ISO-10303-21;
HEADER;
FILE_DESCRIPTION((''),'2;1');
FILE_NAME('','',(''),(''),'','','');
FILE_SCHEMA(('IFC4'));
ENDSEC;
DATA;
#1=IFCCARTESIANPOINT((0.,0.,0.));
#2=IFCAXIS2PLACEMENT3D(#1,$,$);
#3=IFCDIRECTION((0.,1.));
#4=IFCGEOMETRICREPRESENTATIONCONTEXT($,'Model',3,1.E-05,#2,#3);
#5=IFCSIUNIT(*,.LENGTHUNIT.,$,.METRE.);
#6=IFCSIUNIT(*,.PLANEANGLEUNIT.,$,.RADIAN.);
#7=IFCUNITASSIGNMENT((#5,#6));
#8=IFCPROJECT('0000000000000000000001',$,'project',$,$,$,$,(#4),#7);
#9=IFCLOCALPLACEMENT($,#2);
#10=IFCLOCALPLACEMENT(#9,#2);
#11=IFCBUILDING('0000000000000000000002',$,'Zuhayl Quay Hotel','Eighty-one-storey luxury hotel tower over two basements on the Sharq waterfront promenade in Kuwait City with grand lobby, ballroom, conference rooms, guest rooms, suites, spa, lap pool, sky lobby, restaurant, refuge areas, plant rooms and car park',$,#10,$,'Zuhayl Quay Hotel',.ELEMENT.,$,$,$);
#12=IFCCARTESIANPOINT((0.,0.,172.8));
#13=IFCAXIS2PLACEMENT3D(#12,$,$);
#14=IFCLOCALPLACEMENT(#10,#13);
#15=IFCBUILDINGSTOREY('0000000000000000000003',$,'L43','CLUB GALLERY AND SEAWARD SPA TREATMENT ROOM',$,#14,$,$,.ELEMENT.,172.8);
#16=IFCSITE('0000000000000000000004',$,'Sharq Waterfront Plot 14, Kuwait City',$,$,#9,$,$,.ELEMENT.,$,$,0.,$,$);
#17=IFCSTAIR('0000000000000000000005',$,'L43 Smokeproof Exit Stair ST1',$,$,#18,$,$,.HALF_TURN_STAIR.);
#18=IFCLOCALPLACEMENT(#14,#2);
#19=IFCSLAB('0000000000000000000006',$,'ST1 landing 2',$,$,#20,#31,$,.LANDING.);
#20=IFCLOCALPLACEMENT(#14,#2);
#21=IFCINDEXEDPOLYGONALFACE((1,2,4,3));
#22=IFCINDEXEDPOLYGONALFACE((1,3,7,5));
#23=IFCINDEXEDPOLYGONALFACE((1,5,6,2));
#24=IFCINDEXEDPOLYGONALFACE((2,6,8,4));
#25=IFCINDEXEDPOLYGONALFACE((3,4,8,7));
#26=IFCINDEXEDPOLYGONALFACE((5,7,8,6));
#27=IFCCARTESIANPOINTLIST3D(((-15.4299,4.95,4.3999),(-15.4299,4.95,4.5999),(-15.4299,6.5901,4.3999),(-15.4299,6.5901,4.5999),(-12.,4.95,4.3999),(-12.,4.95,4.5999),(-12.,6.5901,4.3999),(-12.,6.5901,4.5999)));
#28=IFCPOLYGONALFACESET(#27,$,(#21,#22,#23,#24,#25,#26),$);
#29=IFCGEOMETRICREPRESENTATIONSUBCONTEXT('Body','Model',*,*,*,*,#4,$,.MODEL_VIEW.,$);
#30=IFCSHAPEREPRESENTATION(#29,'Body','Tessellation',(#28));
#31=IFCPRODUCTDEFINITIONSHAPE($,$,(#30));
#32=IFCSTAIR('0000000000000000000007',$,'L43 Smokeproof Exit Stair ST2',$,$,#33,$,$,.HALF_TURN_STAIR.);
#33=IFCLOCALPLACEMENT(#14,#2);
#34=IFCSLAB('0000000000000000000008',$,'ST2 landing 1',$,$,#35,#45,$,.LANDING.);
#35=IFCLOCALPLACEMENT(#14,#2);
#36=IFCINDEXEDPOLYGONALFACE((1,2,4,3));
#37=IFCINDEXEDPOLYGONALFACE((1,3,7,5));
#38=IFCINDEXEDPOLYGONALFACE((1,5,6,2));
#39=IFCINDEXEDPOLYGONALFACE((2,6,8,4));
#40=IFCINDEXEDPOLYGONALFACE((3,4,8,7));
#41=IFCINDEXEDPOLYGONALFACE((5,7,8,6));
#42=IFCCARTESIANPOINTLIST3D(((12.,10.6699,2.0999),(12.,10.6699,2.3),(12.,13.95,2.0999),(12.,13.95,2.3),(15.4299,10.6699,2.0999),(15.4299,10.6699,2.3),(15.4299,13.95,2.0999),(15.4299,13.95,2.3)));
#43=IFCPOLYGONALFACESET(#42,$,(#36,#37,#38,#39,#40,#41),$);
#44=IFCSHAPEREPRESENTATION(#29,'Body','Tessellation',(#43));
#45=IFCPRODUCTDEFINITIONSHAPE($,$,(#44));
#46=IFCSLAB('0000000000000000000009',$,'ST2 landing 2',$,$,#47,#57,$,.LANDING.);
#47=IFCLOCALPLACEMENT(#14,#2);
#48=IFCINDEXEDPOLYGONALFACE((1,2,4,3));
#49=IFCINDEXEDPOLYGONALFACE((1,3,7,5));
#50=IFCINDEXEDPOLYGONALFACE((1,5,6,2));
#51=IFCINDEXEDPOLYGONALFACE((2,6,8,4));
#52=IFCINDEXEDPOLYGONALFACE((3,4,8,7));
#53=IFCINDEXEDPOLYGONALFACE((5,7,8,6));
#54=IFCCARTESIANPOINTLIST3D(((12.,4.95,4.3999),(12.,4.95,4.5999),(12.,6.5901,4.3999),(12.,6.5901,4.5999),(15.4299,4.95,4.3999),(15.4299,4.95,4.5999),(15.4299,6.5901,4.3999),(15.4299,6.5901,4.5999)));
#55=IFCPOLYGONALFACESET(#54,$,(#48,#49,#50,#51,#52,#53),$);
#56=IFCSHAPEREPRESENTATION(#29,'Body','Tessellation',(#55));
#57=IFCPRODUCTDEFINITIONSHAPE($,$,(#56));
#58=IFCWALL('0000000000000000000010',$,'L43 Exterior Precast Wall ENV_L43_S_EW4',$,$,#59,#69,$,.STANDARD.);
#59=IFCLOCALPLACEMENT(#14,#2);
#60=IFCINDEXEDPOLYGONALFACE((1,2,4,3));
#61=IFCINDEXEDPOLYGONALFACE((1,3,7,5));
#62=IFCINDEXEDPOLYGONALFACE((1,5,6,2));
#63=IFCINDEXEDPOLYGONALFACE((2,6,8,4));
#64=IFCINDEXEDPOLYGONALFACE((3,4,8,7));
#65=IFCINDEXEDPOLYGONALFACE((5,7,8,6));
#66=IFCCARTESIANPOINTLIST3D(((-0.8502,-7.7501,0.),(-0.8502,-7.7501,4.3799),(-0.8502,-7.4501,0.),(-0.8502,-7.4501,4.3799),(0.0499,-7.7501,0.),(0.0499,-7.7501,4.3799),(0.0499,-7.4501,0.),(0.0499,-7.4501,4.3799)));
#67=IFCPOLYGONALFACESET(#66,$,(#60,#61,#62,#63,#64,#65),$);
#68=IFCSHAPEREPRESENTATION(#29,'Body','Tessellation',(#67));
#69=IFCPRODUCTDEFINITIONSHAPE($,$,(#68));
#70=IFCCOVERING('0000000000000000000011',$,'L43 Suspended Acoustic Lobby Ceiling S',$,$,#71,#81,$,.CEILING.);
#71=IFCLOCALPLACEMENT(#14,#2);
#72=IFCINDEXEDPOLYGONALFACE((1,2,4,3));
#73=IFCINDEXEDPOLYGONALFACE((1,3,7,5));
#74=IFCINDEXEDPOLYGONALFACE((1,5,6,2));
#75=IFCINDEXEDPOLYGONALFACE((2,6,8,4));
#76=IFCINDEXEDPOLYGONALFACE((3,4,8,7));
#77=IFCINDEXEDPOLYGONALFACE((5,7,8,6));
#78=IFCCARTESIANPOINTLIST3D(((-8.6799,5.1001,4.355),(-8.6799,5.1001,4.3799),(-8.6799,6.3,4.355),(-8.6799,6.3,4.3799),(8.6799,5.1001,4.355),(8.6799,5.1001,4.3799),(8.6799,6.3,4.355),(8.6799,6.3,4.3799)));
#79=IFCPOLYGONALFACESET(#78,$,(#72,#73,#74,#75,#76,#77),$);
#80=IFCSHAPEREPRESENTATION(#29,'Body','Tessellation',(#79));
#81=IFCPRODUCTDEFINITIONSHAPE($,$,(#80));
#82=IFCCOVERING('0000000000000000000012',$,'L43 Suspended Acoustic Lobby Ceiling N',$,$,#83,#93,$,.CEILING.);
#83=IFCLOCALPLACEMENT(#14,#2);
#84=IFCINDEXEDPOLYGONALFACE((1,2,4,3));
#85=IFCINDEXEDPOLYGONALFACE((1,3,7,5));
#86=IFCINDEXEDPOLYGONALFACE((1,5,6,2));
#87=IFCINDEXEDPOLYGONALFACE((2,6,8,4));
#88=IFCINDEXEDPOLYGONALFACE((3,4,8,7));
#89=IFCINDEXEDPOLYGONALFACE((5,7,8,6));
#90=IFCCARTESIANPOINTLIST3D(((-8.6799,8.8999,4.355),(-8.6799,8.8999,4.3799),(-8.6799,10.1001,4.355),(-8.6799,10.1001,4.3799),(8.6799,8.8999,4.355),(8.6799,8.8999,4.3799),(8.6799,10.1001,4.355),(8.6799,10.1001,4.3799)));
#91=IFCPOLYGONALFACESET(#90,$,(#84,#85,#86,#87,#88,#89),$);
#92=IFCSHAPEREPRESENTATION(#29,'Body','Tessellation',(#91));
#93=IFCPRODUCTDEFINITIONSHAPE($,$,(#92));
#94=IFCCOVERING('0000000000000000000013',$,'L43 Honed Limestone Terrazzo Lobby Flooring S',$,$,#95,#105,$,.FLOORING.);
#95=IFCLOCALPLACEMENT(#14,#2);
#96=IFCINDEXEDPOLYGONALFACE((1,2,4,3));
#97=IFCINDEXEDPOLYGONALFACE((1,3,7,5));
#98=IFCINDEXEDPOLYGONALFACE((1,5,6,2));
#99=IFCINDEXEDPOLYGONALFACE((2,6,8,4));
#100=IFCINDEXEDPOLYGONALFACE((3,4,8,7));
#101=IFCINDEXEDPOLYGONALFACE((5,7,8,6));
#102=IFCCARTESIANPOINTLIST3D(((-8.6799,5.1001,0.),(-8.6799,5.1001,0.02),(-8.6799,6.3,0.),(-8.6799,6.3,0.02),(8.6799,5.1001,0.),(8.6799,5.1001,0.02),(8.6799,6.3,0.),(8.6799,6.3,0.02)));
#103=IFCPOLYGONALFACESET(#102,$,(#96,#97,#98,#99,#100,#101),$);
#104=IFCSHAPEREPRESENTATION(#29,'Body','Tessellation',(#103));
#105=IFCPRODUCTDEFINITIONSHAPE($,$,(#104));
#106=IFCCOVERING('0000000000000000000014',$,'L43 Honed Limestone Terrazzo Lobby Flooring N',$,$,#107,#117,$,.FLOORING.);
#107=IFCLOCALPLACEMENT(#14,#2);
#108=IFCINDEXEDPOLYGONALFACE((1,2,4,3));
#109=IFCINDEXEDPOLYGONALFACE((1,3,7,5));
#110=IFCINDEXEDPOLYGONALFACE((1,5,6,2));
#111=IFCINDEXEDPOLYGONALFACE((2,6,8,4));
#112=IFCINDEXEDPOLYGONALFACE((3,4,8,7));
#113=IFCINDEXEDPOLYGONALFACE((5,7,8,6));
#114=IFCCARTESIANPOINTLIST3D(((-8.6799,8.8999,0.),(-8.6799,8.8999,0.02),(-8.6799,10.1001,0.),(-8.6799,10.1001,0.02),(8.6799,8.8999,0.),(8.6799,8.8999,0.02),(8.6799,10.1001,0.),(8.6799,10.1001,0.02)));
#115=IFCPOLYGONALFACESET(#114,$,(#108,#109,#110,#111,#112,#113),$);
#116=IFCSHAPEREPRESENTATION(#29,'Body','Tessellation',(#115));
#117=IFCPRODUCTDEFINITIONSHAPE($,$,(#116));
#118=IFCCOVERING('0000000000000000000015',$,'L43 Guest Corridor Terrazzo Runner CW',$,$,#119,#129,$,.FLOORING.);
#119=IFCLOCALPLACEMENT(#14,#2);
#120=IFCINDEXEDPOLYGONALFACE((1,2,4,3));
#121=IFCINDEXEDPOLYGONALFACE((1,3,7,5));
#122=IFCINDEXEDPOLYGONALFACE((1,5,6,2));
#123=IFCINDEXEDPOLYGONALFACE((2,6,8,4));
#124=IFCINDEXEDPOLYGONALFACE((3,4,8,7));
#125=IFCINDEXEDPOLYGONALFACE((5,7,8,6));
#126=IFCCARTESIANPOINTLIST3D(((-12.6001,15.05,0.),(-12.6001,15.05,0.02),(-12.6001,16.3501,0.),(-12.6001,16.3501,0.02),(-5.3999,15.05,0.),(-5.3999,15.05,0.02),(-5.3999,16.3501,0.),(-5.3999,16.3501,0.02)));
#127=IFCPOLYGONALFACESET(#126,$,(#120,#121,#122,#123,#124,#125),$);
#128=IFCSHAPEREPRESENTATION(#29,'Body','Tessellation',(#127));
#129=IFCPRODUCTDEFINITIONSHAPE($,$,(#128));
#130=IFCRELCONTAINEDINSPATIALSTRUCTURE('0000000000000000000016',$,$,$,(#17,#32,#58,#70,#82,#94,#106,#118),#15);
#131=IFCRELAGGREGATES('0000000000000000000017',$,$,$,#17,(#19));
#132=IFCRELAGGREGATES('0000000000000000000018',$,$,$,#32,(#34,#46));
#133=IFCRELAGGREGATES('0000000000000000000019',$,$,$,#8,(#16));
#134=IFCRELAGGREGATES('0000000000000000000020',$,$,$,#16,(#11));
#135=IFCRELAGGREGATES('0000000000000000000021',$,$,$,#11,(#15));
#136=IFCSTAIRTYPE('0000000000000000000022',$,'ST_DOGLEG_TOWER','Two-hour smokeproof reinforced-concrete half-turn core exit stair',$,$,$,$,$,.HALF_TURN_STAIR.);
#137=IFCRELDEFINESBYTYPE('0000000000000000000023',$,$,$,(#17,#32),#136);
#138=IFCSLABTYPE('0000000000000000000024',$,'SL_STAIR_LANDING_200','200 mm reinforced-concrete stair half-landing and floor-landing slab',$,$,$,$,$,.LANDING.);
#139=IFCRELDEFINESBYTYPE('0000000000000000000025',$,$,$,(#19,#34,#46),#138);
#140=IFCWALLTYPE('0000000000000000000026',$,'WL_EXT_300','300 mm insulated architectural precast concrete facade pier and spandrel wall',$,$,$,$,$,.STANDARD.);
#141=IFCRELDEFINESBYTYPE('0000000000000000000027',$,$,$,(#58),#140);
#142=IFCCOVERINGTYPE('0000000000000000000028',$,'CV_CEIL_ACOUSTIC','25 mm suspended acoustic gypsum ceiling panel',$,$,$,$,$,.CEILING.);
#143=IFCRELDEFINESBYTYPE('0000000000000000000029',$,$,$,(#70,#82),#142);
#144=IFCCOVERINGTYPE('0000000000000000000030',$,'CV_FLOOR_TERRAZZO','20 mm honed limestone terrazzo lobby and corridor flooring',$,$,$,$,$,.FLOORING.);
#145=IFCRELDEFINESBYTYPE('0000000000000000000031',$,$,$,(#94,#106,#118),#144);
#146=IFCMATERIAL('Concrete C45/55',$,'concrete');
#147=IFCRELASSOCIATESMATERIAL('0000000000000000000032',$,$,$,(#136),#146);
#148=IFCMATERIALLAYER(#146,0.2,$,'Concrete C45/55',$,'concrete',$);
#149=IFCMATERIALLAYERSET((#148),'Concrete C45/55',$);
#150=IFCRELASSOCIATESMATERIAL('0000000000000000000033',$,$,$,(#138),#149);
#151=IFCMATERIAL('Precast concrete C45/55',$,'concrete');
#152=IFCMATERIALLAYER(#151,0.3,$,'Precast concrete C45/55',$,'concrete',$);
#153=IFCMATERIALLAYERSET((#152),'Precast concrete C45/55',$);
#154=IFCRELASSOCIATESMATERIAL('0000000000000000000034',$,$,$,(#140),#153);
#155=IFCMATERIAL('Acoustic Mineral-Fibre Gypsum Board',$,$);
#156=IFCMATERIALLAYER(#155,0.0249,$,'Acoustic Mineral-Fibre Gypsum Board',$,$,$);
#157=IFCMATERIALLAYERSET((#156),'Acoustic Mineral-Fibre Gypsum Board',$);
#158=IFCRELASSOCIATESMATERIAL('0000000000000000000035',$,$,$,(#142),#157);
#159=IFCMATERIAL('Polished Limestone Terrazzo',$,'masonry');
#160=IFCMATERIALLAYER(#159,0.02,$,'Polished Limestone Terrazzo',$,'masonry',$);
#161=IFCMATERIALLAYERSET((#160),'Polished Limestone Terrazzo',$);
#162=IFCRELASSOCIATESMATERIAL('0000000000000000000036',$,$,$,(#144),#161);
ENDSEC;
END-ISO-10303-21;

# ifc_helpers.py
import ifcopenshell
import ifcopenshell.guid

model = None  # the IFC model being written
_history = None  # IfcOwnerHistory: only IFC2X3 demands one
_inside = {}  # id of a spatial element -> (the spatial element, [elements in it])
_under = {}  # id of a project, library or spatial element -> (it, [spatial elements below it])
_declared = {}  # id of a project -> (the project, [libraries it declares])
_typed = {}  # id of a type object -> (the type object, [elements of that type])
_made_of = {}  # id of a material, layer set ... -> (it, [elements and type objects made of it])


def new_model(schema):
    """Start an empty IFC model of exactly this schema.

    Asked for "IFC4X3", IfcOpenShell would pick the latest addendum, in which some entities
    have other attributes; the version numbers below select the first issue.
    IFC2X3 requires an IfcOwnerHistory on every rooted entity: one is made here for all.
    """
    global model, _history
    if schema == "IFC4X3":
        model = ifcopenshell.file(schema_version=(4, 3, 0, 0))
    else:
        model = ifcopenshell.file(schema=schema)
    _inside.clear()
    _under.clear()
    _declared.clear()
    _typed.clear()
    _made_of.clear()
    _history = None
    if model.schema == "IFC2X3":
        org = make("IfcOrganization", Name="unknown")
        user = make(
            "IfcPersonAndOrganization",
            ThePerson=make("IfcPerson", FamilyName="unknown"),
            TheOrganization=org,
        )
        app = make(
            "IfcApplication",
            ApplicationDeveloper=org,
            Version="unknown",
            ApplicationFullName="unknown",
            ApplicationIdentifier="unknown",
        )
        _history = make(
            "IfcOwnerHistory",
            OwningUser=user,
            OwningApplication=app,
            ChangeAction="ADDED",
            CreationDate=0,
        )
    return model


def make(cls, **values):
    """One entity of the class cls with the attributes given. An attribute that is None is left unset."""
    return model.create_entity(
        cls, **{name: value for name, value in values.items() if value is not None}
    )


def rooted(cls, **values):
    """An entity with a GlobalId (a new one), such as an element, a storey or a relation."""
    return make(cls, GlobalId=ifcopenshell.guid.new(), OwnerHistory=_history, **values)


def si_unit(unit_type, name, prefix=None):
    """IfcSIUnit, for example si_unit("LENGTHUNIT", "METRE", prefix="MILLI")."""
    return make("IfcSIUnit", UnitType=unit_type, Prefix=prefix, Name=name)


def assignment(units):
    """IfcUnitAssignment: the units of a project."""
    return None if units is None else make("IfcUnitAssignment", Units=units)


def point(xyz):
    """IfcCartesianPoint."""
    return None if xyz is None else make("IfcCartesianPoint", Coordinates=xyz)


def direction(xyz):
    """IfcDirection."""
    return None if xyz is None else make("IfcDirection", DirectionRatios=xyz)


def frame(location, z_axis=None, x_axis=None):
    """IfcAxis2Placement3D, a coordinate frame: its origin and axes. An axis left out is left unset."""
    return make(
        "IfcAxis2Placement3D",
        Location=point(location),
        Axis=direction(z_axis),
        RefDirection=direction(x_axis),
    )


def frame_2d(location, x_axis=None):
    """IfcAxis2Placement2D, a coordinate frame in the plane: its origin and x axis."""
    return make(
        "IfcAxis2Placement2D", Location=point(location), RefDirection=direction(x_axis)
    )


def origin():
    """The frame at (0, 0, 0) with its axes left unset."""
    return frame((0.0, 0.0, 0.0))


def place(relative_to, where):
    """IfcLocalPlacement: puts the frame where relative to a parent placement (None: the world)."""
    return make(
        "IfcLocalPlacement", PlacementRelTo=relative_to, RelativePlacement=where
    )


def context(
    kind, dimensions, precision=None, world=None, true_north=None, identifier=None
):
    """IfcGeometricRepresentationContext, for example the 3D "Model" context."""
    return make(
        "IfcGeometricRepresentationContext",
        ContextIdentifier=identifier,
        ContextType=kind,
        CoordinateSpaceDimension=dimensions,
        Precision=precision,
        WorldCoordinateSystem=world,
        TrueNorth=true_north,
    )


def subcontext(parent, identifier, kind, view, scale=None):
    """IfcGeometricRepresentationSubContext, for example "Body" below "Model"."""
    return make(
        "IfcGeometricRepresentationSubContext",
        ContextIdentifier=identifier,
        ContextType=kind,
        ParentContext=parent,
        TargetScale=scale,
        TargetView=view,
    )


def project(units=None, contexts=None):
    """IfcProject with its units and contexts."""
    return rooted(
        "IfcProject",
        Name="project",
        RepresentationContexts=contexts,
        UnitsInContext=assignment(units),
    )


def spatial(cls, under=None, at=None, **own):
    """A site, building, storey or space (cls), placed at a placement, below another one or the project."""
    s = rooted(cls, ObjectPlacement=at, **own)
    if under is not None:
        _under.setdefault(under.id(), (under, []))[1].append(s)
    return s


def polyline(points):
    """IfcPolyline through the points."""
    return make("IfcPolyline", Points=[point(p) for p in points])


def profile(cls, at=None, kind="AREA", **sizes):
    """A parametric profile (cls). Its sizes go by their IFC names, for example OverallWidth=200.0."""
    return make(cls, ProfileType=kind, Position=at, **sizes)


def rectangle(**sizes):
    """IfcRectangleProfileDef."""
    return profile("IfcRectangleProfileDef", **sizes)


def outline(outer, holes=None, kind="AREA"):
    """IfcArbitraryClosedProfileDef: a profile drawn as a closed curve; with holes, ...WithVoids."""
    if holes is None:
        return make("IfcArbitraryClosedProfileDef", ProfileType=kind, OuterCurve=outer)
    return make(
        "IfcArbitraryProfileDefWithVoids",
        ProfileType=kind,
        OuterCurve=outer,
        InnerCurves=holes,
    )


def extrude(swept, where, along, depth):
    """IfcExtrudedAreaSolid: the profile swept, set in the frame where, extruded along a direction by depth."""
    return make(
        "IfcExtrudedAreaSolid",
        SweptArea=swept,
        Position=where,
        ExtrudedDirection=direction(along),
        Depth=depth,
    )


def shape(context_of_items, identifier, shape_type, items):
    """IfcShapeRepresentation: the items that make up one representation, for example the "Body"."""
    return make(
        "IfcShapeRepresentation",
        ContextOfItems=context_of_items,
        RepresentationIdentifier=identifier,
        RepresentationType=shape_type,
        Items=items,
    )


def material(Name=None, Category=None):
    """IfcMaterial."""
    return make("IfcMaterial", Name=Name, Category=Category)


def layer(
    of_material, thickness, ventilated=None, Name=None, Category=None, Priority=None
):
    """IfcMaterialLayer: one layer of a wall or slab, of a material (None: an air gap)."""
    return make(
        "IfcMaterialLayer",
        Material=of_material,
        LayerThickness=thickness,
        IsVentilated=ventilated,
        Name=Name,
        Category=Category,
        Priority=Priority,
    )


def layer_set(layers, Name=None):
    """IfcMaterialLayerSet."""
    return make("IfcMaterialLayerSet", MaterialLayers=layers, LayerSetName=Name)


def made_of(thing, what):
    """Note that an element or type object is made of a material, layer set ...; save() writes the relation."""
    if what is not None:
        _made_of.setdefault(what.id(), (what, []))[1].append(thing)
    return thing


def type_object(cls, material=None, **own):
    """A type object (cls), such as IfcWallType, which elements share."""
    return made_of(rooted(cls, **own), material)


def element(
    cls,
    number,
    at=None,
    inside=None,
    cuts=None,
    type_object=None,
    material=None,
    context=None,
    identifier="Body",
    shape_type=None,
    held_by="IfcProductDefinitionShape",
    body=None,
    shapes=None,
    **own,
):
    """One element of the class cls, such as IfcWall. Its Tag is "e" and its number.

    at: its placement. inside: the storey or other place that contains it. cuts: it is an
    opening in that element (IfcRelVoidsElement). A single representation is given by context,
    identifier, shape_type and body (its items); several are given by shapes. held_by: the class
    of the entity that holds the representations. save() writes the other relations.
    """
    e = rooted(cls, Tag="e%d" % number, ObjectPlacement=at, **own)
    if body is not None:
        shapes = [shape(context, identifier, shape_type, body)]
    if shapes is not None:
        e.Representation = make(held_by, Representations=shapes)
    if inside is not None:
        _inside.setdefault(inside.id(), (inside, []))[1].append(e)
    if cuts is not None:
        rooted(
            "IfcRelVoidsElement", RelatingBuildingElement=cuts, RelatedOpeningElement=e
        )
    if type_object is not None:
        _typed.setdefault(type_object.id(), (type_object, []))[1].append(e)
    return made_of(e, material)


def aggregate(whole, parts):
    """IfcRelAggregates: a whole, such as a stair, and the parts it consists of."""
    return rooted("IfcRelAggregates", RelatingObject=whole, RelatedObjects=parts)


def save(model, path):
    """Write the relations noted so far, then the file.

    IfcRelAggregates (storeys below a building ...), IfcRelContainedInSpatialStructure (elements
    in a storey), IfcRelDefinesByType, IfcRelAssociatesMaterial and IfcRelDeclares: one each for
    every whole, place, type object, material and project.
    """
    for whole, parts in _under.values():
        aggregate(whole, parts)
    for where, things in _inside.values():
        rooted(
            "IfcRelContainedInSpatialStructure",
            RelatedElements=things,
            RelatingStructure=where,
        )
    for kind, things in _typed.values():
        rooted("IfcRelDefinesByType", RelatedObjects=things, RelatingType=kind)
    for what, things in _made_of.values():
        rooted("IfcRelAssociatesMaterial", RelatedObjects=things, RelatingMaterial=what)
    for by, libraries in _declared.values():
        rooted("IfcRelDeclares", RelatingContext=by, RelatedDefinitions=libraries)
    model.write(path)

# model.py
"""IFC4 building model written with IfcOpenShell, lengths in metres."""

from ifc_helpers import new_model, si_unit, direction, frame, frame_2d, origin, place, context, subcontext, project, spatial, polyline, rectangle, outline, extrude, material, layer, layer_set, type_object, element, aggregate, save


model = new_model("IFC4")

# Units and contexts
model_context = context("Model", 3, precision=1e-05, world=origin(), true_north=direction((0.0, 1.0)))
body_context = subcontext(model_context, "Body", "Model", "MODEL_VIEW")
ifc_project = project(units=[si_unit("LENGTHUNIT", "METRE"), si_unit("PLANEANGLEUNIT", "RADIAN")], contexts=[model_context])

# Site, building, storey
site_placement = place(None, origin())
site = spatial("IfcSite", under=ifc_project, at=site_placement, Name="Sharq Waterfront Plot 14, Kuwait City", CompositionType="ELEMENT", RefElevation=0.0)
building_placement = place(site_placement, origin())
building = spatial("IfcBuilding", under=site, at=building_placement, Name="Zuhayl Quay Hotel", Description="Eighty-one-storey luxury hotel tower over two basements on the Sharq waterfront promenade in Kuwait City with grand lobby, ballroom, conference rooms, guest rooms, suites, spa, lap pool, sky lobby, restaurant, refuge areas, plant rooms and car park", LongName="Zuhayl Quay Hotel", CompositionType="ELEMENT")
storey_placement = place(building_placement, frame((0.0, 0.0, 172.8)))
storey = spatial("IfcBuildingStorey", under=building, at=storey_placement, Name="L43", Description="CLUB GALLERY AND SEAWARD SPA TREATMENT ROOM", CompositionType="ELEMENT", Elevation=172.8)

# Stairs, slabs
ifc_material_1 = material(Name="Concrete C45/55", Category="concrete")
stair_type = type_object("IfcStairType", Name="ST_DOGLEG_TOWER", Description="Two-hour smokeproof reinforced-concrete half-turn core exit stair", PredefinedType="HALF_TURN_STAIR", material=ifc_material_1)
stair_1_placement = place(storey_placement, origin())
stair_1 = element("IfcStair", 1, at=stair_1_placement, inside=storey, type_object=stair_type, Name="L43 Smokeproof Exit Stair ST1", PredefinedType="HALF_TURN_STAIR")
ifc_layer_1 = layer(ifc_material_1, 0.2, Name="Concrete C45/55", Category="concrete")
ifc_layer_set_1 = layer_set([ifc_layer_1], Name="Concrete C45/55")
slab_type = type_object("IfcSlabType", Name="SL_STAIR_LANDING_200", Description="200 mm reinforced-concrete stair half-landing and floor-landing slab", PredefinedType="LANDING", material=ifc_layer_set_1)
slab_1_placement = place(storey_placement, frame((0.0, 0.0, 4.3999)))
slab_1 = element("IfcSlab", 2, at=slab_1_placement, type_object=slab_type, Name="ST1 landing 2", PredefinedType="LANDING", context=body_context, shape_type="SweptSolid", body=[
    extrude(outline(polyline([(-12.0, 4.95), (-12.0, 6.5901), (-15.4299, 6.5901), (-15.4299, 4.95), (-12.0, 4.95)])), origin(), (0.0, 0.0, 1.0), 0.2),
])
aggregate(stair_1, [slab_1])
stair_2_placement = place(storey_placement, origin())
stair_2 = element("IfcStair", 3, at=stair_2_placement, inside=storey, type_object=stair_type, Name="L43 Smokeproof Exit Stair ST2", PredefinedType="HALF_TURN_STAIR")
slab_2_placement = place(storey_placement, frame((0.0, 0.0, 2.0999)))
slab_2 = element("IfcSlab", 4, at=slab_2_placement, type_object=slab_type, Name="ST2 landing 1", PredefinedType="LANDING", context=body_context, shape_type="SweptSolid", body=[
    extrude(outline(polyline([(15.4299, 10.6699), (15.4299, 13.95), (12.0, 13.95), (12.0, 10.6699), (15.4299, 10.6699)])), origin(), (0.0, 0.0, 1.0), 0.2002),
])
slab_3_placement = place(storey_placement, frame((0.0, 0.0, 4.3999)))
slab_3 = element("IfcSlab", 5, at=slab_3_placement, type_object=slab_type, Name="ST2 landing 2", PredefinedType="LANDING", context=body_context, shape_type="SweptSolid", body=[
    extrude(outline(polyline([(15.4299, 4.95), (15.4299, 6.5901), (12.0, 6.5901), (12.0, 4.95), (15.4299, 4.95)])), origin(), (0.0, 0.0, 1.0), 0.2),
])
aggregate(stair_2, [slab_2, slab_3])

# Wall
ifc_material_2 = material(Name="Precast concrete C45/55", Category="concrete")
ifc_layer_2 = layer(ifc_material_2, 0.3, Name="Precast concrete C45/55", Category="concrete")
ifc_layer_set_2 = layer_set([ifc_layer_2], Name="Precast concrete C45/55")
wall_type = type_object("IfcWallType", Name="WL_EXT_300", Description="300 mm insulated architectural precast concrete facade pier and spandrel wall", PredefinedType="STANDARD", material=ifc_layer_set_2)
wall_placement = place(storey_placement, frame((0.05, -7.6001, 0.0), z_axis=(0.0, 0.0, 1.0), x_axis=(-1.0, 0.0, 0.0)))
element("IfcWall", 6, at=wall_placement, inside=storey, type_object=wall_type, Name="L43 Exterior Precast Wall ENV_L43_S_EW4", PredefinedType="STANDARD", context=body_context, shape_type="SweptSolid", body=[
    extrude(rectangle(XDim=0.9001, YDim=0.3, at=frame_2d((0.4502, 0.0))), origin(), (0.0, 0.0, 1.0), 4.3799),
])

# Coverings
ifc_material_3 = material(Name="Acoustic Mineral-Fibre Gypsum Board")
ifc_layer_3 = layer(ifc_material_3, 0.0249, Name="Acoustic Mineral-Fibre Gypsum Board")
ifc_layer_set_3 = layer_set([ifc_layer_3], Name="Acoustic Mineral-Fibre Gypsum Board")
covering_type_1 = type_object("IfcCoveringType", Name="CV_CEIL_ACOUSTIC", Description="25 mm suspended acoustic gypsum ceiling panel", PredefinedType="CEILING", material=ifc_layer_set_3)
covering_1_placement = place(storey_placement, frame((0.0, 0.0, 4.355)))
element("IfcCovering", 7, at=covering_1_placement, inside=storey, type_object=covering_type_1, Name="L43 Suspended Acoustic Lobby Ceiling S", PredefinedType="CEILING", context=body_context, shape_type="SweptSolid", body=[
    extrude(outline(polyline([(-8.6799, 5.1001), (8.6799, 5.1001), (8.6799, 6.3), (-8.6799, 6.3), (-8.6799, 5.1001)])), origin(), (0.0, 0.0, 1.0), 0.0249),
])
covering_2_placement = place(storey_placement, frame((0.0, 0.0, 4.355)))
element("IfcCovering", 8, at=covering_2_placement, inside=storey, type_object=covering_type_1, Name="L43 Suspended Acoustic Lobby Ceiling N", PredefinedType="CEILING", context=body_context, shape_type="SweptSolid", body=[
    extrude(outline(polyline([(-8.6799, 8.8999), (8.6799, 8.8999), (8.6799, 10.1001), (-8.6799, 10.1001), (-8.6799, 8.8999)])), origin(), (0.0, 0.0, 1.0), 0.0249),
])
ifc_material_4 = material(Name="Polished Limestone Terrazzo", Category="masonry")
ifc_layer_4 = layer(ifc_material_4, 0.02, Name="Polished Limestone Terrazzo", Category="masonry")
ifc_layer_set_4 = layer_set([ifc_layer_4], Name="Polished Limestone Terrazzo")
covering_type_2 = type_object("IfcCoveringType", Name="CV_FLOOR_TERRAZZO", Description="20 mm honed limestone terrazzo lobby and corridor flooring", PredefinedType="FLOORING", material=ifc_layer_set_4)
covering_3_placement = place(storey_placement, origin())
element("IfcCovering", 9, at=covering_3_placement, inside=storey, type_object=covering_type_2, Name="L43 Honed Limestone Terrazzo Lobby Flooring S", PredefinedType="FLOORING", context=body_context, shape_type="SweptSolid", body=[
    extrude(outline(polyline([(-8.6799, 5.1001), (8.6799, 5.1001), (8.6799, 6.3), (-8.6799, 6.3), (-8.6799, 5.1001)])), origin(), (0.0, 0.0, 1.0), 0.02),
])
covering_4_placement = place(storey_placement, origin())
element("IfcCovering", 10, at=covering_4_placement, inside=storey, type_object=covering_type_2, Name="L43 Honed Limestone Terrazzo Lobby Flooring N", PredefinedType="FLOORING", context=body_context, shape_type="SweptSolid", body=[
    extrude(outline(polyline([(-8.6799, 8.8999), (8.6799, 8.8999), (8.6799, 10.1001), (-8.6799, 10.1001), (-8.6799, 8.8999)])), origin(), (0.0, 0.0, 1.0), 0.02),
])
covering_5_placement = place(storey_placement, origin())
element("IfcCovering", 11, at=covering_5_placement, inside=storey, type_object=covering_type_2, Name="L43 Guest Corridor Terrazzo Runner CW", PredefinedType="FLOORING", context=body_context, shape_type="SweptSolid", body=[
    extrude(outline(polyline([(-12.6001, 15.05), (-5.3999, 15.05), (-5.3999, 16.3501), (-12.6001, 16.3501), (-12.6001, 15.05)])), origin(), (0.0, 0.0, 1.0), 0.02),
])

save(model, "model.ifc")
